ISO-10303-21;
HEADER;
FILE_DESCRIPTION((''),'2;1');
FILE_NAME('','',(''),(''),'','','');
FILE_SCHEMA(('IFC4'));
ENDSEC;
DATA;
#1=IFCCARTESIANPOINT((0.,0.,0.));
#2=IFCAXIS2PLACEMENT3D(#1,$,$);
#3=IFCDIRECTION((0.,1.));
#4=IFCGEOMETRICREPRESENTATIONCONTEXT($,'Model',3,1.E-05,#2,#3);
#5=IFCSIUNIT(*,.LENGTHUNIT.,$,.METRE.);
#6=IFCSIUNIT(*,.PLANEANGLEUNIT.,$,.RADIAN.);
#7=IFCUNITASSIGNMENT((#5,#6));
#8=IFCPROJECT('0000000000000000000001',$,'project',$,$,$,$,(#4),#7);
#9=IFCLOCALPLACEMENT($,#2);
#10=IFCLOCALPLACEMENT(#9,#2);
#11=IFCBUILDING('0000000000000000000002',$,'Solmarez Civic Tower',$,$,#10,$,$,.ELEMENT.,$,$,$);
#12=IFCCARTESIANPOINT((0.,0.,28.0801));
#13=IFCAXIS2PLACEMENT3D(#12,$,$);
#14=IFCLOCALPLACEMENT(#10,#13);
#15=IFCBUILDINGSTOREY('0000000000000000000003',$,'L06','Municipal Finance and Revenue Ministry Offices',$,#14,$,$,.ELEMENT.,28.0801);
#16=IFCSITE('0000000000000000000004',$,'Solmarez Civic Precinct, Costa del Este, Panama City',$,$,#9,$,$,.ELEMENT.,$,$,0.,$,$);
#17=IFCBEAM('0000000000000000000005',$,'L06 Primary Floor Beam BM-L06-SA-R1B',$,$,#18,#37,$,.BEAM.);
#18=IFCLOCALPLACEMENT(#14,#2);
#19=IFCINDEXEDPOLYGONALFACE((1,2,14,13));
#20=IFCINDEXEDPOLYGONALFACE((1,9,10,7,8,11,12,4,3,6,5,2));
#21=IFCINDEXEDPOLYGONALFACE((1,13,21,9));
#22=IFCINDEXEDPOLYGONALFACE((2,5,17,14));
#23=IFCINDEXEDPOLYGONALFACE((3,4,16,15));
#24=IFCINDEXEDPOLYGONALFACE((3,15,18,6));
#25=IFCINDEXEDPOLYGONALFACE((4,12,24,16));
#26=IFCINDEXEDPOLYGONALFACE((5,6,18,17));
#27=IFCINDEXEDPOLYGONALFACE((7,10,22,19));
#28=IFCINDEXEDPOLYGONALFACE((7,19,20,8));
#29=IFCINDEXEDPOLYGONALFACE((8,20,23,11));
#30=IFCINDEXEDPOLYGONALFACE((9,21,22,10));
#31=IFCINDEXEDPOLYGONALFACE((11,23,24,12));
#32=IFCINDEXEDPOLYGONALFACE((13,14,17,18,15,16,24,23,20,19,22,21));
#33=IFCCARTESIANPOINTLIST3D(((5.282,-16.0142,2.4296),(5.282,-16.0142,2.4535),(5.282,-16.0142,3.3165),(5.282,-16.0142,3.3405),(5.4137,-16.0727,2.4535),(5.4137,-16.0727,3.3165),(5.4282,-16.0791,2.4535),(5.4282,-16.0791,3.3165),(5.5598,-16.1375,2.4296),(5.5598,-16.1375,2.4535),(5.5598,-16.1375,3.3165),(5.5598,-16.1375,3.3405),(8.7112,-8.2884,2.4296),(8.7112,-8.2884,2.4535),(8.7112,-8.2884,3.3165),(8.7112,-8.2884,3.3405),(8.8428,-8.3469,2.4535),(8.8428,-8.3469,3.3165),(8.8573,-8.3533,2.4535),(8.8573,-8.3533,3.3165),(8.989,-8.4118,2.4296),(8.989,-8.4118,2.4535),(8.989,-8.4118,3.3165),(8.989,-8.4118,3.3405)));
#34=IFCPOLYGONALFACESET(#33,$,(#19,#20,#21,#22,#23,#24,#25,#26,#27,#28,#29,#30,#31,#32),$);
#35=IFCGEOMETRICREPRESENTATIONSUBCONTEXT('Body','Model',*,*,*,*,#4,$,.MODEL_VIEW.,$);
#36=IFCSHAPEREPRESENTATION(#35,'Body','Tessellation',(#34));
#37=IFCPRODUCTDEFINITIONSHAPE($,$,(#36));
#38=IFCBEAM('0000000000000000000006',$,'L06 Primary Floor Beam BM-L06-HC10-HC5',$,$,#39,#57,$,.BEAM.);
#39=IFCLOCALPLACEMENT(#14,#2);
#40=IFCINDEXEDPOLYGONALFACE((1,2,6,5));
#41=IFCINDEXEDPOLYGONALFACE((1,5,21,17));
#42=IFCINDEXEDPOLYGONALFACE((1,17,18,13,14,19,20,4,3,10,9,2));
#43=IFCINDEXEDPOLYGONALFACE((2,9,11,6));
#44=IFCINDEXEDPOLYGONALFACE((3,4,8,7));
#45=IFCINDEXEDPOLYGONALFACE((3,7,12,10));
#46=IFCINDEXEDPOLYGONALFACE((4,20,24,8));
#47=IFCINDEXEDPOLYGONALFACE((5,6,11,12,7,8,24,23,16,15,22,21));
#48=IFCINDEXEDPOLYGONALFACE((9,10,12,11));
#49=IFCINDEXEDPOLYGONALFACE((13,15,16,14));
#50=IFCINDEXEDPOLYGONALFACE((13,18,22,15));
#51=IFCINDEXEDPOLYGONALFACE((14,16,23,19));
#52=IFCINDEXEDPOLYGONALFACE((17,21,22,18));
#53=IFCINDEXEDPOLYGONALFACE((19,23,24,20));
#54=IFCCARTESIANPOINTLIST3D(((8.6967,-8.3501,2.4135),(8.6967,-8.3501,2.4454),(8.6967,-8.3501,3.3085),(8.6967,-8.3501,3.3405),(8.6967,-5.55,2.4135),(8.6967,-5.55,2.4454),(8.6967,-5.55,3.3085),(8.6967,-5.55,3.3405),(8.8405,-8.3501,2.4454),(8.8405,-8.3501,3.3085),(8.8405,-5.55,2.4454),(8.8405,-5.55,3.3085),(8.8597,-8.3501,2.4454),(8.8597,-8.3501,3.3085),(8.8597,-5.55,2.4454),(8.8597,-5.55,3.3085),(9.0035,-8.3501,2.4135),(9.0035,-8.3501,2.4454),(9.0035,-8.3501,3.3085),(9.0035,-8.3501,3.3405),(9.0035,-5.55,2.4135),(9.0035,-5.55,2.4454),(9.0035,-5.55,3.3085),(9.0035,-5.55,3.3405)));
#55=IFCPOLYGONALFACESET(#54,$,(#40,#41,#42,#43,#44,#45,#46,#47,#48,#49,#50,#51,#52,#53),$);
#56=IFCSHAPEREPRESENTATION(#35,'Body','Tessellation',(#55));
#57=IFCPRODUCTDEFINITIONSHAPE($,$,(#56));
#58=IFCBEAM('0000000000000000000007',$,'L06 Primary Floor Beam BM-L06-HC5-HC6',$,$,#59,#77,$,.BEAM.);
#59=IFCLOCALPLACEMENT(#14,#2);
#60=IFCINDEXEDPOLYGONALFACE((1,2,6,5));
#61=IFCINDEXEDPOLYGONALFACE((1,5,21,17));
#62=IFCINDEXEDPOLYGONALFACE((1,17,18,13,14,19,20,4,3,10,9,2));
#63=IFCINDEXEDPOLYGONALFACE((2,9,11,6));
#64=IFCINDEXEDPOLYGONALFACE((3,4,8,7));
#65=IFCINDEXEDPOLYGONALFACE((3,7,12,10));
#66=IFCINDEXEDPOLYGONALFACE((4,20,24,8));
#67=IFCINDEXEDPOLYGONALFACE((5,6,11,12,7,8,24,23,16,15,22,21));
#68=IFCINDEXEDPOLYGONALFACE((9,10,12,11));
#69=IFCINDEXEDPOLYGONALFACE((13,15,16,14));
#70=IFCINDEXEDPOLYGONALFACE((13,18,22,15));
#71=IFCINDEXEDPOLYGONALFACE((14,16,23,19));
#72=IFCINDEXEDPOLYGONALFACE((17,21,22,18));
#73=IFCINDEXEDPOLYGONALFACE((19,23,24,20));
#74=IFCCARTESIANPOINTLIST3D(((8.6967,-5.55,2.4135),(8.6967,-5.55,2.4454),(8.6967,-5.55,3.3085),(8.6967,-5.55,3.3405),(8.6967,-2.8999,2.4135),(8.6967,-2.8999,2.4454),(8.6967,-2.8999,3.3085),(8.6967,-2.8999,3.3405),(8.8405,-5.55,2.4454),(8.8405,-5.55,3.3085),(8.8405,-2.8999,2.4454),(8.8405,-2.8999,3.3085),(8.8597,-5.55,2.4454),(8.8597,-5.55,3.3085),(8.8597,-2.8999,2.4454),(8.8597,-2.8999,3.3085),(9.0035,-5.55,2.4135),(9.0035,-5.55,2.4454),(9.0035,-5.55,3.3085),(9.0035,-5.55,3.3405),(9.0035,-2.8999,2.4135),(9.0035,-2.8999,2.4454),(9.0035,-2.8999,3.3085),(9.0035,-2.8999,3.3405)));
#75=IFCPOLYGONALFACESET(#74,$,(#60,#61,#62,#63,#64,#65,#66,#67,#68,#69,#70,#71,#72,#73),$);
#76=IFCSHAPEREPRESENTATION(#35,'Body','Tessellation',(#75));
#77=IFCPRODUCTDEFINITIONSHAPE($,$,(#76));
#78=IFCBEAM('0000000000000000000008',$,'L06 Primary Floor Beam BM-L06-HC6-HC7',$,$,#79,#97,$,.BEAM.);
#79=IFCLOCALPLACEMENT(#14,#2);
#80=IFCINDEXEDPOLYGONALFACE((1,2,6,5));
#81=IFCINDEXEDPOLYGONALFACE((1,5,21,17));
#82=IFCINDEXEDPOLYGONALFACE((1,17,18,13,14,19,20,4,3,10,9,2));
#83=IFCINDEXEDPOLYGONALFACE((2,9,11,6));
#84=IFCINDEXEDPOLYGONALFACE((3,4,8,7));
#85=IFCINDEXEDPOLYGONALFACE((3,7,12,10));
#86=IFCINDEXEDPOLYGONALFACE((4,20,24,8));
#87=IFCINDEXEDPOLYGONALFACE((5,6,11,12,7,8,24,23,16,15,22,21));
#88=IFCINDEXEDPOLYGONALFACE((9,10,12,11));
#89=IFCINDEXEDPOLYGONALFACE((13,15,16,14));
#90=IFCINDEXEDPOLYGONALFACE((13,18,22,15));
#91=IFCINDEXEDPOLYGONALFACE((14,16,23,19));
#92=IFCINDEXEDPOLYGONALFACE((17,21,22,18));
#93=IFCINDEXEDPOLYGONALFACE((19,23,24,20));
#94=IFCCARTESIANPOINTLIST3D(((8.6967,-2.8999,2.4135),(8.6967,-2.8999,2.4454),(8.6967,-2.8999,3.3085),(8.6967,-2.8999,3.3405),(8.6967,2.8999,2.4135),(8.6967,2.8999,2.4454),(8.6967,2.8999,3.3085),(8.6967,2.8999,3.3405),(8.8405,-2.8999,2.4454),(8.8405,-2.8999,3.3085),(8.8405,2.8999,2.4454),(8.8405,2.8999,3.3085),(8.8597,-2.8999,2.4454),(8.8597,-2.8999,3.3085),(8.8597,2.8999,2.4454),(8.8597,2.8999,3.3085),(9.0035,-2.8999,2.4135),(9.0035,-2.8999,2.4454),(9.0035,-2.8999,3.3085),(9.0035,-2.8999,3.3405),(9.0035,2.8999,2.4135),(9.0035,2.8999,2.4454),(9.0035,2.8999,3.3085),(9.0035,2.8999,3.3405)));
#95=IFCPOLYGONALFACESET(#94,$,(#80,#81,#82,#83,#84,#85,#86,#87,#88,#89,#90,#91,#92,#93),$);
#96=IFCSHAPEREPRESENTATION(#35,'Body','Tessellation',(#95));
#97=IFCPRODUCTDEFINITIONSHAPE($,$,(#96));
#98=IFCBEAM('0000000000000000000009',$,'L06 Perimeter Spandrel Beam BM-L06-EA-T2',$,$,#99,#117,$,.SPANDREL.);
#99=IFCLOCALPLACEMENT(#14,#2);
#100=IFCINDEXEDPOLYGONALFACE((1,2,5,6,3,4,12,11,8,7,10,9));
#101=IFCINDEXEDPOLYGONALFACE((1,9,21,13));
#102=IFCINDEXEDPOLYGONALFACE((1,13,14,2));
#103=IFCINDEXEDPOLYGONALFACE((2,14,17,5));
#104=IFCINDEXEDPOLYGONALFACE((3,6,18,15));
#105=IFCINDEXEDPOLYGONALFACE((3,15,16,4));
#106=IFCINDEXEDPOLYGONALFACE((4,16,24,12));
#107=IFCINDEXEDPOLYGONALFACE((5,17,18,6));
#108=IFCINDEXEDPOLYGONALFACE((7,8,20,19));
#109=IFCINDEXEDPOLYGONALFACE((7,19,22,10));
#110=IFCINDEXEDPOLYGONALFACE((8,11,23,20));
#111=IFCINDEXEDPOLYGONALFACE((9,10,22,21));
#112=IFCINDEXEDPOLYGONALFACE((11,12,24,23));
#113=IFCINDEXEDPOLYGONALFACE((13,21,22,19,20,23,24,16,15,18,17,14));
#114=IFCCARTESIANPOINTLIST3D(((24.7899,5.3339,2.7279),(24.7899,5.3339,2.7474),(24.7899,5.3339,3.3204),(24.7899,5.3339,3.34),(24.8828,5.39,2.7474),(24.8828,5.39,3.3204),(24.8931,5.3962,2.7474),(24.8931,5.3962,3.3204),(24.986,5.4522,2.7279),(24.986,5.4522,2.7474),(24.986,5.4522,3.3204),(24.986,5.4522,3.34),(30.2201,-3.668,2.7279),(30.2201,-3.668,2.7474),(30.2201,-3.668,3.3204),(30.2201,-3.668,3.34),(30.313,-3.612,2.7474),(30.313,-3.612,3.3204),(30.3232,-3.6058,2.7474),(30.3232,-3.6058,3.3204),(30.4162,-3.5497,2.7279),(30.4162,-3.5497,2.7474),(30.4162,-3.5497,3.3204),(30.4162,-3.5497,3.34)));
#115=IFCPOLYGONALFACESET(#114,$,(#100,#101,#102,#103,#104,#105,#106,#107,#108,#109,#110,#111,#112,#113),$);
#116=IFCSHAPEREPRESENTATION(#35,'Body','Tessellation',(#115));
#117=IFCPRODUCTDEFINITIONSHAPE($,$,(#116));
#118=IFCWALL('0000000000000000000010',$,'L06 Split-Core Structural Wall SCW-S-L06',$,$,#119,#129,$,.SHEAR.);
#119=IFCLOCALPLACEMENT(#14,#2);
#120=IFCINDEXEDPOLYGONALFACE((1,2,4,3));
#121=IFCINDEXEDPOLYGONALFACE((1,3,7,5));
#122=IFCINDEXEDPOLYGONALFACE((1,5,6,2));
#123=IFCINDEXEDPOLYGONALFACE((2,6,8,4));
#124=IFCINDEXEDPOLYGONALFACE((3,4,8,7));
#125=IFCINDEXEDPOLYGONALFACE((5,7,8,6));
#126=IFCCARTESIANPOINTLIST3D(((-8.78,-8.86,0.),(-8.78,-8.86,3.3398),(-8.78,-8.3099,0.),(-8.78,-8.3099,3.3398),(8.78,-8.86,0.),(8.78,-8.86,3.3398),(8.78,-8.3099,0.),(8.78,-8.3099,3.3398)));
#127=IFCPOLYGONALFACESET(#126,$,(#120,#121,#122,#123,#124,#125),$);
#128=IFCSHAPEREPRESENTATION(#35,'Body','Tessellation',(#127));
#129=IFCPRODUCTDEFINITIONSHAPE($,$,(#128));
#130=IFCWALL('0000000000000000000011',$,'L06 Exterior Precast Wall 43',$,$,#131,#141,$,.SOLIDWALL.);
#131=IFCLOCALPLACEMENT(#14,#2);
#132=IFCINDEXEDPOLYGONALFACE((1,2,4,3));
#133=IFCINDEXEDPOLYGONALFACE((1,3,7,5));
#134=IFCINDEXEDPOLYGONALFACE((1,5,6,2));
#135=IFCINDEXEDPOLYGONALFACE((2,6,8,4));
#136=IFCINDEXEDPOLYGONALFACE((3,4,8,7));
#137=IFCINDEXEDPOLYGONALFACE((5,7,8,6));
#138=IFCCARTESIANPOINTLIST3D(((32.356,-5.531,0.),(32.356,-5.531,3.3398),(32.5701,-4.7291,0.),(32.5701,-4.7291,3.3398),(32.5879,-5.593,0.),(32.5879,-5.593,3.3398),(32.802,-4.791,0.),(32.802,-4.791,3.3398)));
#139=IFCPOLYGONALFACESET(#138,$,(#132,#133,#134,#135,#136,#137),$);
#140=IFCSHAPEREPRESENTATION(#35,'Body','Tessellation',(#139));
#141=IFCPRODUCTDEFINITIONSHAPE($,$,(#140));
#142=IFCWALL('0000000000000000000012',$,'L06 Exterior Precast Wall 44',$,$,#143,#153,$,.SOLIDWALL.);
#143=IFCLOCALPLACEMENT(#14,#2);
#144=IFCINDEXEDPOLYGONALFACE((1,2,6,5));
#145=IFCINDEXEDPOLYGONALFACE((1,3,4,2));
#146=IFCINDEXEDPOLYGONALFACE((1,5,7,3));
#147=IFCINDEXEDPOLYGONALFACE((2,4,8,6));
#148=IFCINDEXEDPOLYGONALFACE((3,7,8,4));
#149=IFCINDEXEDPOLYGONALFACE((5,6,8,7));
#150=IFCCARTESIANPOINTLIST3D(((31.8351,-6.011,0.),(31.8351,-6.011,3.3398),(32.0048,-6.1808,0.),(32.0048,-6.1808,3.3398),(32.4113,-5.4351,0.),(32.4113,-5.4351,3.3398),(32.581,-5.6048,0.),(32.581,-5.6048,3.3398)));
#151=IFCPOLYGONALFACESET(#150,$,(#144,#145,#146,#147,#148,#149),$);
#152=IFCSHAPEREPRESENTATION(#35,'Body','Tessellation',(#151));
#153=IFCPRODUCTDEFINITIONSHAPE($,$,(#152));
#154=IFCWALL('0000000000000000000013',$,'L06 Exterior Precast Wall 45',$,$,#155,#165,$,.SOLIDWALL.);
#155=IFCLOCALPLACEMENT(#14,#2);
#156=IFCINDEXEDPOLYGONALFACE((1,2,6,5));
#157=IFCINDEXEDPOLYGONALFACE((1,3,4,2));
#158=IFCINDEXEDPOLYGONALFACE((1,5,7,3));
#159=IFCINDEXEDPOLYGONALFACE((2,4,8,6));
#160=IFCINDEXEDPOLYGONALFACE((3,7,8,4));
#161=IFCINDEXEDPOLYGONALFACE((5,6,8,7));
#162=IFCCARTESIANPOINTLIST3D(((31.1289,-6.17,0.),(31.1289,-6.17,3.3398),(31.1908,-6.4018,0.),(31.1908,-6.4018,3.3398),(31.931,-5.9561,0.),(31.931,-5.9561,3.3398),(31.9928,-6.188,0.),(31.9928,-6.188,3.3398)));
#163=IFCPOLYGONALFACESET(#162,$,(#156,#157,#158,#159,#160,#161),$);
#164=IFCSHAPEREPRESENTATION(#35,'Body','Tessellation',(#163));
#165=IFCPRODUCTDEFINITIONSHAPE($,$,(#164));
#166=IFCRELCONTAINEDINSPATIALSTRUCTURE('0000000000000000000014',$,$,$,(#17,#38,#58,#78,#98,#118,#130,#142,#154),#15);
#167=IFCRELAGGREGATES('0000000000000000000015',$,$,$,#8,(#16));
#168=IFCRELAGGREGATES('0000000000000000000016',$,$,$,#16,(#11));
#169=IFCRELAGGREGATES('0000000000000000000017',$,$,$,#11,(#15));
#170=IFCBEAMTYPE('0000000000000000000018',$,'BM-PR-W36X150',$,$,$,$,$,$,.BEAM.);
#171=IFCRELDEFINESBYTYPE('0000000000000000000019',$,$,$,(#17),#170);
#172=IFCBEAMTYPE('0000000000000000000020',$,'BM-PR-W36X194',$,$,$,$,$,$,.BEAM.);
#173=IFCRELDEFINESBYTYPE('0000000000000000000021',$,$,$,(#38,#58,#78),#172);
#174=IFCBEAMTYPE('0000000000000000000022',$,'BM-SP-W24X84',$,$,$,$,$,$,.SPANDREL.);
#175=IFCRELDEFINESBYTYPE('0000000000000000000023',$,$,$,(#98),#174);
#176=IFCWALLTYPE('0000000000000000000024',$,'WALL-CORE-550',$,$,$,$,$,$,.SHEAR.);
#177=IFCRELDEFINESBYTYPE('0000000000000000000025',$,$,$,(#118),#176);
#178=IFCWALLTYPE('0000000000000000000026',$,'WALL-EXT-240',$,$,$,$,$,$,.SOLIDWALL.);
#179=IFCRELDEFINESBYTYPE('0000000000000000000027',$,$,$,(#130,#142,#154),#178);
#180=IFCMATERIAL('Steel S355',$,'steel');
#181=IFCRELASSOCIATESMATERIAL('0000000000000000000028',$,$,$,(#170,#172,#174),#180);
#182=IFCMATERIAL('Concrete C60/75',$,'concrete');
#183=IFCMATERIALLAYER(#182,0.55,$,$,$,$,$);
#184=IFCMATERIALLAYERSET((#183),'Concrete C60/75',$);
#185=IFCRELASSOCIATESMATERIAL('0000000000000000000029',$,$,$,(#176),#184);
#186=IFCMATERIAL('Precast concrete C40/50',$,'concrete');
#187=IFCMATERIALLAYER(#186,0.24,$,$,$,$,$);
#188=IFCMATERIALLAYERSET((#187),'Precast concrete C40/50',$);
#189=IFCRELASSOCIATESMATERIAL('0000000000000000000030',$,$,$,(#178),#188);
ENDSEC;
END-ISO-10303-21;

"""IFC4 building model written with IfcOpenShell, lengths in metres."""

from ifc_helpers import new_model, si_unit, direction, frame, frame_2d, origin, origin_2d, place, context, subcontext, project, spatial, rectangle, i_section, extrude, material, layer, layer_set, material_profile, profile_set, type_object, element, save


model = new_model("IFC4")

# Units and contexts
model_context = context("Model", 3, precision=1e-05, world=origin(), true_north=direction((0.0, 1.0)))
body_context = subcontext(model_context, "Body", "Model", "MODEL_VIEW")
ifc_project = project(units=[si_unit("LENGTHUNIT", "METRE"), si_unit("PLANEANGLEUNIT", "RADIAN")], contexts=[model_context])

# Site, building, storey
site_placement = place(None, origin())
site = spatial("IfcSite", under=ifc_project, at=site_placement, Name="Solmarez Civic Precinct, Costa del Este, Panama City", CompositionType="ELEMENT", RefElevation=0.0)
building_placement = place(site_placement, origin())
building = spatial("IfcBuilding", under=site, at=building_placement, Name="Solmarez Civic Tower", CompositionType="ELEMENT")
storey_placement = place(building_placement, frame((0.0, 0.0, 28.0801)))
storey = spatial("IfcBuildingStorey", under=building, at=storey_placement, Name="L06", Description="Municipal Finance and Revenue Ministry Offices", CompositionType="ELEMENT", Elevation=28.0801)

# Shared definitions
ifc_material_1 = material(Name="Concrete C60/75", Category="concrete")

# Beams
ifc_material_2 = material(Name="Steel S355", Category="steel")
ifc_material_profile_1 = material_profile(ifc_material_2, i_section(OverallWidth=0.304, OverallDepth=0.9109, WebThickness=0.0159, FlangeThickness=0.0239, at=origin_2d()), Name="W36X150")
ifc_profile_set_1 = profile_set([ifc_material_profile_1], Name="Steel S355")
beam_type_1 = type_object("IfcBeamType", Name="BM-PR-W36X150", PredefinedType="BEAM", material=ifc_profile_set_1)
beam_1_placement = place(storey_placement, frame((8.8501, -8.3501, 2.885), z_axis=(-0.405694, -0.914009, 0.0), x_axis=(0.914009, -0.405694, 0.0)))
element("IfcBeam", 1, at=beam_1_placement, inside=storey, type_object=beam_type_1, Name="L06 Primary Floor Beam BM-L06-SA-R1B", PredefinedType="BEAM", context=body_context, shape_type="SweptSolid", body=[
    extrude(i_section(OverallWidth=0.304, OverallDepth=0.9109, WebThickness=0.0159, FlangeThickness=0.0239, at=origin_2d()), origin(), (0.0, 0.0, 1.0), 8.4526),
])
ifc_material_profile_2 = material_profile(ifc_material_2, i_section(OverallWidth=0.3069, OverallDepth=0.927, WebThickness=0.0193, FlangeThickness=0.032, at=origin_2d()), Name="W36X194")
ifc_profile_set_2 = profile_set([ifc_material_profile_2], Name="Steel S355")
beam_type_2 = type_object("IfcBeamType", Name="BM-PR-W36X194", PredefinedType="BEAM", material=ifc_profile_set_2)
beam_2_placement = place(storey_placement, frame((8.8501, -8.3501, 2.877), z_axis=(0.0, 1.0, 0.0), x_axis=(-1.0, 0.0, 0.0)))
element("IfcBeam", 2, at=beam_2_placement, inside=storey, type_object=beam_type_2, Name="L06 Primary Floor Beam BM-L06-HC10-HC5", PredefinedType="BEAM", context=body_context, shape_type="SweptSolid", body=[
    extrude(i_section(OverallWidth=0.3069, OverallDepth=0.927, WebThickness=0.0193, FlangeThickness=0.032, at=origin_2d()), origin(), (0.0, 0.0, 1.0), 2.8),
])
beam_3_placement = place(storey_placement, frame((8.8501, -5.55, 2.877), z_axis=(0.0, 1.0, 0.0), x_axis=(-1.0, 0.0, 0.0)))
element("IfcBeam", 3, at=beam_3_placement, inside=storey, type_object=beam_type_2, Name="L06 Primary Floor Beam BM-L06-HC5-HC6", PredefinedType="BEAM", context=body_context, shape_type="SweptSolid", body=[
    extrude(i_section(OverallWidth=0.3069, OverallDepth=0.927, WebThickness=0.0193, FlangeThickness=0.032, at=origin_2d()), origin(), (0.0, 0.0, 1.0), 2.6501),
])
beam_4_placement = place(storey_placement, frame((8.8501, -2.8999, 2.877), z_axis=(0.0, 1.0, 0.0), x_axis=(-1.0, 0.0, 0.0)))
element("IfcBeam", 4, at=beam_4_placement, inside=storey, type_object=beam_type_2, Name="L06 Primary Floor Beam BM-L06-HC6-HC7", PredefinedType="BEAM", context=body_context, shape_type="SweptSolid", body=[
    extrude(i_section(OverallWidth=0.3069, OverallDepth=0.927, WebThickness=0.0193, FlangeThickness=0.032, at=origin_2d()), origin(), (0.0, 0.0, 1.0), 5.7998),
])
ifc_material_profile_3 = material_profile(ifc_material_2, i_section(OverallWidth=0.229, OverallDepth=0.6121, WebThickness=0.012, FlangeThickness=0.0195, at=origin_2d()), Name="W24X84")
ifc_profile_set_3 = profile_set([ifc_material_profile_3], Name="Steel S355")
beam_type_3 = type_object("IfcBeamType", Name="BM-SP-W24X84", PredefinedType="SPANDREL", material=ifc_profile_set_3)
beam_5_placement = place(storey_placement, frame((30.3181, -3.6089, 3.0339), z_axis=(-0.516523, 0.856273, 0.0), x_axis=(-0.856273, -0.516523, 0.0)))
element("IfcBeam", 5, at=beam_5_placement, inside=storey, type_object=beam_type_3, Name="L06 Perimeter Spandrel Beam BM-L06-EA-T2", PredefinedType="SPANDREL", context=body_context, shape_type="SweptSolid", body=[
    extrude(i_section(OverallWidth=0.229, OverallDepth=0.6121, WebThickness=0.012, FlangeThickness=0.0195, at=origin_2d()), origin(), (0.0, 0.0, 1.0), 10.5129),
])

# Walls
ifc_layer_1 = layer(ifc_material_1, 0.55)
ifc_layer_set_1 = layer_set([ifc_layer_1], Name="Concrete C60/75")
wall_type_1 = type_object("IfcWallType", Name="WALL-CORE-550", PredefinedType="SHEAR", material=ifc_layer_set_1)
wall_1_placement = place(storey_placement, frame((8.78, -8.585, 0.0), z_axis=(0.0, 0.0, 1.0), x_axis=(-1.0, 0.0, 0.0)))
element("IfcWall", 6, at=wall_1_placement, inside=storey, type_object=wall_type_1, Name="L06 Split-Core Structural Wall SCW-S-L06", PredefinedType="SHEAR", context=body_context, shape_type="SweptSolid", body=[
    extrude(rectangle(XDim=17.5601, YDim=0.55, at=frame_2d((8.78, 0.0))), origin(), (0.0, 0.0, 1.0), 3.3398),
])
ifc_material_3 = material(Name="Precast concrete C40/50", Category="concrete")
ifc_layer_2 = layer(ifc_material_3, 0.24)
ifc_layer_set_2 = layer_set([ifc_layer_2], Name="Precast concrete C40/50")
wall_type_2 = type_object("IfcWallType", Name="WALL-EXT-240", PredefinedType="SOLIDWALL", material=ifc_layer_set_2)
wall_2_placement = place(storey_placement, frame((32.686, -4.76, 0.0), z_axis=(0.0, 0.0, 1.0), x_axis=(-0.257937, -0.966162, 0.0)))
element("IfcWall", 7, at=wall_2_placement, inside=storey, type_object=wall_type_2, Name="L06 Exterior Precast Wall 43", PredefinedType="SOLIDWALL", context=body_context, shape_type="SweptSolid", body=[
    extrude(rectangle(XDim=0.8301, YDim=0.24, at=frame_2d((0.415, 0.0))), origin(), (0.0, 0.0, 1.0), 3.3398),
])
wall_3_placement = place(storey_placement, frame((32.4961, -5.52, 0.0), z_axis=(0.0, 0.0, 1.0), x_axis=(-0.707257, -0.706957, 0.0)))
element("IfcWall", 8, at=wall_3_placement, inside=storey, type_object=wall_type_2, Name="L06 Exterior Precast Wall 44", PredefinedType="SOLIDWALL", context=body_context, shape_type="SweptSolid", body=[
    extrude(rectangle(XDim=0.8147, YDim=0.24, at=frame_2d((0.4072, 0.0))), origin(), (0.0, 0.0, 1.0), 3.3398),
])
wall_4_placement = place(storey_placement, frame((31.9619, -6.072, 0.0), z_axis=(0.0, 0.0, 1.0), x_axis=(-0.966235, -0.257663, 0.0)))
element("IfcWall", 9, at=wall_4_placement, inside=storey, type_object=wall_type_2, Name="L06 Exterior Precast Wall 45", PredefinedType="SOLIDWALL", context=body_context, shape_type="SweptSolid", body=[
    extrude(rectangle(XDim=0.8301, YDim=0.24, at=frame_2d((0.415, 0.0))), origin(), (0.0, 0.0, 1.0), 3.3398),
])

save(model, "model.ifc")
